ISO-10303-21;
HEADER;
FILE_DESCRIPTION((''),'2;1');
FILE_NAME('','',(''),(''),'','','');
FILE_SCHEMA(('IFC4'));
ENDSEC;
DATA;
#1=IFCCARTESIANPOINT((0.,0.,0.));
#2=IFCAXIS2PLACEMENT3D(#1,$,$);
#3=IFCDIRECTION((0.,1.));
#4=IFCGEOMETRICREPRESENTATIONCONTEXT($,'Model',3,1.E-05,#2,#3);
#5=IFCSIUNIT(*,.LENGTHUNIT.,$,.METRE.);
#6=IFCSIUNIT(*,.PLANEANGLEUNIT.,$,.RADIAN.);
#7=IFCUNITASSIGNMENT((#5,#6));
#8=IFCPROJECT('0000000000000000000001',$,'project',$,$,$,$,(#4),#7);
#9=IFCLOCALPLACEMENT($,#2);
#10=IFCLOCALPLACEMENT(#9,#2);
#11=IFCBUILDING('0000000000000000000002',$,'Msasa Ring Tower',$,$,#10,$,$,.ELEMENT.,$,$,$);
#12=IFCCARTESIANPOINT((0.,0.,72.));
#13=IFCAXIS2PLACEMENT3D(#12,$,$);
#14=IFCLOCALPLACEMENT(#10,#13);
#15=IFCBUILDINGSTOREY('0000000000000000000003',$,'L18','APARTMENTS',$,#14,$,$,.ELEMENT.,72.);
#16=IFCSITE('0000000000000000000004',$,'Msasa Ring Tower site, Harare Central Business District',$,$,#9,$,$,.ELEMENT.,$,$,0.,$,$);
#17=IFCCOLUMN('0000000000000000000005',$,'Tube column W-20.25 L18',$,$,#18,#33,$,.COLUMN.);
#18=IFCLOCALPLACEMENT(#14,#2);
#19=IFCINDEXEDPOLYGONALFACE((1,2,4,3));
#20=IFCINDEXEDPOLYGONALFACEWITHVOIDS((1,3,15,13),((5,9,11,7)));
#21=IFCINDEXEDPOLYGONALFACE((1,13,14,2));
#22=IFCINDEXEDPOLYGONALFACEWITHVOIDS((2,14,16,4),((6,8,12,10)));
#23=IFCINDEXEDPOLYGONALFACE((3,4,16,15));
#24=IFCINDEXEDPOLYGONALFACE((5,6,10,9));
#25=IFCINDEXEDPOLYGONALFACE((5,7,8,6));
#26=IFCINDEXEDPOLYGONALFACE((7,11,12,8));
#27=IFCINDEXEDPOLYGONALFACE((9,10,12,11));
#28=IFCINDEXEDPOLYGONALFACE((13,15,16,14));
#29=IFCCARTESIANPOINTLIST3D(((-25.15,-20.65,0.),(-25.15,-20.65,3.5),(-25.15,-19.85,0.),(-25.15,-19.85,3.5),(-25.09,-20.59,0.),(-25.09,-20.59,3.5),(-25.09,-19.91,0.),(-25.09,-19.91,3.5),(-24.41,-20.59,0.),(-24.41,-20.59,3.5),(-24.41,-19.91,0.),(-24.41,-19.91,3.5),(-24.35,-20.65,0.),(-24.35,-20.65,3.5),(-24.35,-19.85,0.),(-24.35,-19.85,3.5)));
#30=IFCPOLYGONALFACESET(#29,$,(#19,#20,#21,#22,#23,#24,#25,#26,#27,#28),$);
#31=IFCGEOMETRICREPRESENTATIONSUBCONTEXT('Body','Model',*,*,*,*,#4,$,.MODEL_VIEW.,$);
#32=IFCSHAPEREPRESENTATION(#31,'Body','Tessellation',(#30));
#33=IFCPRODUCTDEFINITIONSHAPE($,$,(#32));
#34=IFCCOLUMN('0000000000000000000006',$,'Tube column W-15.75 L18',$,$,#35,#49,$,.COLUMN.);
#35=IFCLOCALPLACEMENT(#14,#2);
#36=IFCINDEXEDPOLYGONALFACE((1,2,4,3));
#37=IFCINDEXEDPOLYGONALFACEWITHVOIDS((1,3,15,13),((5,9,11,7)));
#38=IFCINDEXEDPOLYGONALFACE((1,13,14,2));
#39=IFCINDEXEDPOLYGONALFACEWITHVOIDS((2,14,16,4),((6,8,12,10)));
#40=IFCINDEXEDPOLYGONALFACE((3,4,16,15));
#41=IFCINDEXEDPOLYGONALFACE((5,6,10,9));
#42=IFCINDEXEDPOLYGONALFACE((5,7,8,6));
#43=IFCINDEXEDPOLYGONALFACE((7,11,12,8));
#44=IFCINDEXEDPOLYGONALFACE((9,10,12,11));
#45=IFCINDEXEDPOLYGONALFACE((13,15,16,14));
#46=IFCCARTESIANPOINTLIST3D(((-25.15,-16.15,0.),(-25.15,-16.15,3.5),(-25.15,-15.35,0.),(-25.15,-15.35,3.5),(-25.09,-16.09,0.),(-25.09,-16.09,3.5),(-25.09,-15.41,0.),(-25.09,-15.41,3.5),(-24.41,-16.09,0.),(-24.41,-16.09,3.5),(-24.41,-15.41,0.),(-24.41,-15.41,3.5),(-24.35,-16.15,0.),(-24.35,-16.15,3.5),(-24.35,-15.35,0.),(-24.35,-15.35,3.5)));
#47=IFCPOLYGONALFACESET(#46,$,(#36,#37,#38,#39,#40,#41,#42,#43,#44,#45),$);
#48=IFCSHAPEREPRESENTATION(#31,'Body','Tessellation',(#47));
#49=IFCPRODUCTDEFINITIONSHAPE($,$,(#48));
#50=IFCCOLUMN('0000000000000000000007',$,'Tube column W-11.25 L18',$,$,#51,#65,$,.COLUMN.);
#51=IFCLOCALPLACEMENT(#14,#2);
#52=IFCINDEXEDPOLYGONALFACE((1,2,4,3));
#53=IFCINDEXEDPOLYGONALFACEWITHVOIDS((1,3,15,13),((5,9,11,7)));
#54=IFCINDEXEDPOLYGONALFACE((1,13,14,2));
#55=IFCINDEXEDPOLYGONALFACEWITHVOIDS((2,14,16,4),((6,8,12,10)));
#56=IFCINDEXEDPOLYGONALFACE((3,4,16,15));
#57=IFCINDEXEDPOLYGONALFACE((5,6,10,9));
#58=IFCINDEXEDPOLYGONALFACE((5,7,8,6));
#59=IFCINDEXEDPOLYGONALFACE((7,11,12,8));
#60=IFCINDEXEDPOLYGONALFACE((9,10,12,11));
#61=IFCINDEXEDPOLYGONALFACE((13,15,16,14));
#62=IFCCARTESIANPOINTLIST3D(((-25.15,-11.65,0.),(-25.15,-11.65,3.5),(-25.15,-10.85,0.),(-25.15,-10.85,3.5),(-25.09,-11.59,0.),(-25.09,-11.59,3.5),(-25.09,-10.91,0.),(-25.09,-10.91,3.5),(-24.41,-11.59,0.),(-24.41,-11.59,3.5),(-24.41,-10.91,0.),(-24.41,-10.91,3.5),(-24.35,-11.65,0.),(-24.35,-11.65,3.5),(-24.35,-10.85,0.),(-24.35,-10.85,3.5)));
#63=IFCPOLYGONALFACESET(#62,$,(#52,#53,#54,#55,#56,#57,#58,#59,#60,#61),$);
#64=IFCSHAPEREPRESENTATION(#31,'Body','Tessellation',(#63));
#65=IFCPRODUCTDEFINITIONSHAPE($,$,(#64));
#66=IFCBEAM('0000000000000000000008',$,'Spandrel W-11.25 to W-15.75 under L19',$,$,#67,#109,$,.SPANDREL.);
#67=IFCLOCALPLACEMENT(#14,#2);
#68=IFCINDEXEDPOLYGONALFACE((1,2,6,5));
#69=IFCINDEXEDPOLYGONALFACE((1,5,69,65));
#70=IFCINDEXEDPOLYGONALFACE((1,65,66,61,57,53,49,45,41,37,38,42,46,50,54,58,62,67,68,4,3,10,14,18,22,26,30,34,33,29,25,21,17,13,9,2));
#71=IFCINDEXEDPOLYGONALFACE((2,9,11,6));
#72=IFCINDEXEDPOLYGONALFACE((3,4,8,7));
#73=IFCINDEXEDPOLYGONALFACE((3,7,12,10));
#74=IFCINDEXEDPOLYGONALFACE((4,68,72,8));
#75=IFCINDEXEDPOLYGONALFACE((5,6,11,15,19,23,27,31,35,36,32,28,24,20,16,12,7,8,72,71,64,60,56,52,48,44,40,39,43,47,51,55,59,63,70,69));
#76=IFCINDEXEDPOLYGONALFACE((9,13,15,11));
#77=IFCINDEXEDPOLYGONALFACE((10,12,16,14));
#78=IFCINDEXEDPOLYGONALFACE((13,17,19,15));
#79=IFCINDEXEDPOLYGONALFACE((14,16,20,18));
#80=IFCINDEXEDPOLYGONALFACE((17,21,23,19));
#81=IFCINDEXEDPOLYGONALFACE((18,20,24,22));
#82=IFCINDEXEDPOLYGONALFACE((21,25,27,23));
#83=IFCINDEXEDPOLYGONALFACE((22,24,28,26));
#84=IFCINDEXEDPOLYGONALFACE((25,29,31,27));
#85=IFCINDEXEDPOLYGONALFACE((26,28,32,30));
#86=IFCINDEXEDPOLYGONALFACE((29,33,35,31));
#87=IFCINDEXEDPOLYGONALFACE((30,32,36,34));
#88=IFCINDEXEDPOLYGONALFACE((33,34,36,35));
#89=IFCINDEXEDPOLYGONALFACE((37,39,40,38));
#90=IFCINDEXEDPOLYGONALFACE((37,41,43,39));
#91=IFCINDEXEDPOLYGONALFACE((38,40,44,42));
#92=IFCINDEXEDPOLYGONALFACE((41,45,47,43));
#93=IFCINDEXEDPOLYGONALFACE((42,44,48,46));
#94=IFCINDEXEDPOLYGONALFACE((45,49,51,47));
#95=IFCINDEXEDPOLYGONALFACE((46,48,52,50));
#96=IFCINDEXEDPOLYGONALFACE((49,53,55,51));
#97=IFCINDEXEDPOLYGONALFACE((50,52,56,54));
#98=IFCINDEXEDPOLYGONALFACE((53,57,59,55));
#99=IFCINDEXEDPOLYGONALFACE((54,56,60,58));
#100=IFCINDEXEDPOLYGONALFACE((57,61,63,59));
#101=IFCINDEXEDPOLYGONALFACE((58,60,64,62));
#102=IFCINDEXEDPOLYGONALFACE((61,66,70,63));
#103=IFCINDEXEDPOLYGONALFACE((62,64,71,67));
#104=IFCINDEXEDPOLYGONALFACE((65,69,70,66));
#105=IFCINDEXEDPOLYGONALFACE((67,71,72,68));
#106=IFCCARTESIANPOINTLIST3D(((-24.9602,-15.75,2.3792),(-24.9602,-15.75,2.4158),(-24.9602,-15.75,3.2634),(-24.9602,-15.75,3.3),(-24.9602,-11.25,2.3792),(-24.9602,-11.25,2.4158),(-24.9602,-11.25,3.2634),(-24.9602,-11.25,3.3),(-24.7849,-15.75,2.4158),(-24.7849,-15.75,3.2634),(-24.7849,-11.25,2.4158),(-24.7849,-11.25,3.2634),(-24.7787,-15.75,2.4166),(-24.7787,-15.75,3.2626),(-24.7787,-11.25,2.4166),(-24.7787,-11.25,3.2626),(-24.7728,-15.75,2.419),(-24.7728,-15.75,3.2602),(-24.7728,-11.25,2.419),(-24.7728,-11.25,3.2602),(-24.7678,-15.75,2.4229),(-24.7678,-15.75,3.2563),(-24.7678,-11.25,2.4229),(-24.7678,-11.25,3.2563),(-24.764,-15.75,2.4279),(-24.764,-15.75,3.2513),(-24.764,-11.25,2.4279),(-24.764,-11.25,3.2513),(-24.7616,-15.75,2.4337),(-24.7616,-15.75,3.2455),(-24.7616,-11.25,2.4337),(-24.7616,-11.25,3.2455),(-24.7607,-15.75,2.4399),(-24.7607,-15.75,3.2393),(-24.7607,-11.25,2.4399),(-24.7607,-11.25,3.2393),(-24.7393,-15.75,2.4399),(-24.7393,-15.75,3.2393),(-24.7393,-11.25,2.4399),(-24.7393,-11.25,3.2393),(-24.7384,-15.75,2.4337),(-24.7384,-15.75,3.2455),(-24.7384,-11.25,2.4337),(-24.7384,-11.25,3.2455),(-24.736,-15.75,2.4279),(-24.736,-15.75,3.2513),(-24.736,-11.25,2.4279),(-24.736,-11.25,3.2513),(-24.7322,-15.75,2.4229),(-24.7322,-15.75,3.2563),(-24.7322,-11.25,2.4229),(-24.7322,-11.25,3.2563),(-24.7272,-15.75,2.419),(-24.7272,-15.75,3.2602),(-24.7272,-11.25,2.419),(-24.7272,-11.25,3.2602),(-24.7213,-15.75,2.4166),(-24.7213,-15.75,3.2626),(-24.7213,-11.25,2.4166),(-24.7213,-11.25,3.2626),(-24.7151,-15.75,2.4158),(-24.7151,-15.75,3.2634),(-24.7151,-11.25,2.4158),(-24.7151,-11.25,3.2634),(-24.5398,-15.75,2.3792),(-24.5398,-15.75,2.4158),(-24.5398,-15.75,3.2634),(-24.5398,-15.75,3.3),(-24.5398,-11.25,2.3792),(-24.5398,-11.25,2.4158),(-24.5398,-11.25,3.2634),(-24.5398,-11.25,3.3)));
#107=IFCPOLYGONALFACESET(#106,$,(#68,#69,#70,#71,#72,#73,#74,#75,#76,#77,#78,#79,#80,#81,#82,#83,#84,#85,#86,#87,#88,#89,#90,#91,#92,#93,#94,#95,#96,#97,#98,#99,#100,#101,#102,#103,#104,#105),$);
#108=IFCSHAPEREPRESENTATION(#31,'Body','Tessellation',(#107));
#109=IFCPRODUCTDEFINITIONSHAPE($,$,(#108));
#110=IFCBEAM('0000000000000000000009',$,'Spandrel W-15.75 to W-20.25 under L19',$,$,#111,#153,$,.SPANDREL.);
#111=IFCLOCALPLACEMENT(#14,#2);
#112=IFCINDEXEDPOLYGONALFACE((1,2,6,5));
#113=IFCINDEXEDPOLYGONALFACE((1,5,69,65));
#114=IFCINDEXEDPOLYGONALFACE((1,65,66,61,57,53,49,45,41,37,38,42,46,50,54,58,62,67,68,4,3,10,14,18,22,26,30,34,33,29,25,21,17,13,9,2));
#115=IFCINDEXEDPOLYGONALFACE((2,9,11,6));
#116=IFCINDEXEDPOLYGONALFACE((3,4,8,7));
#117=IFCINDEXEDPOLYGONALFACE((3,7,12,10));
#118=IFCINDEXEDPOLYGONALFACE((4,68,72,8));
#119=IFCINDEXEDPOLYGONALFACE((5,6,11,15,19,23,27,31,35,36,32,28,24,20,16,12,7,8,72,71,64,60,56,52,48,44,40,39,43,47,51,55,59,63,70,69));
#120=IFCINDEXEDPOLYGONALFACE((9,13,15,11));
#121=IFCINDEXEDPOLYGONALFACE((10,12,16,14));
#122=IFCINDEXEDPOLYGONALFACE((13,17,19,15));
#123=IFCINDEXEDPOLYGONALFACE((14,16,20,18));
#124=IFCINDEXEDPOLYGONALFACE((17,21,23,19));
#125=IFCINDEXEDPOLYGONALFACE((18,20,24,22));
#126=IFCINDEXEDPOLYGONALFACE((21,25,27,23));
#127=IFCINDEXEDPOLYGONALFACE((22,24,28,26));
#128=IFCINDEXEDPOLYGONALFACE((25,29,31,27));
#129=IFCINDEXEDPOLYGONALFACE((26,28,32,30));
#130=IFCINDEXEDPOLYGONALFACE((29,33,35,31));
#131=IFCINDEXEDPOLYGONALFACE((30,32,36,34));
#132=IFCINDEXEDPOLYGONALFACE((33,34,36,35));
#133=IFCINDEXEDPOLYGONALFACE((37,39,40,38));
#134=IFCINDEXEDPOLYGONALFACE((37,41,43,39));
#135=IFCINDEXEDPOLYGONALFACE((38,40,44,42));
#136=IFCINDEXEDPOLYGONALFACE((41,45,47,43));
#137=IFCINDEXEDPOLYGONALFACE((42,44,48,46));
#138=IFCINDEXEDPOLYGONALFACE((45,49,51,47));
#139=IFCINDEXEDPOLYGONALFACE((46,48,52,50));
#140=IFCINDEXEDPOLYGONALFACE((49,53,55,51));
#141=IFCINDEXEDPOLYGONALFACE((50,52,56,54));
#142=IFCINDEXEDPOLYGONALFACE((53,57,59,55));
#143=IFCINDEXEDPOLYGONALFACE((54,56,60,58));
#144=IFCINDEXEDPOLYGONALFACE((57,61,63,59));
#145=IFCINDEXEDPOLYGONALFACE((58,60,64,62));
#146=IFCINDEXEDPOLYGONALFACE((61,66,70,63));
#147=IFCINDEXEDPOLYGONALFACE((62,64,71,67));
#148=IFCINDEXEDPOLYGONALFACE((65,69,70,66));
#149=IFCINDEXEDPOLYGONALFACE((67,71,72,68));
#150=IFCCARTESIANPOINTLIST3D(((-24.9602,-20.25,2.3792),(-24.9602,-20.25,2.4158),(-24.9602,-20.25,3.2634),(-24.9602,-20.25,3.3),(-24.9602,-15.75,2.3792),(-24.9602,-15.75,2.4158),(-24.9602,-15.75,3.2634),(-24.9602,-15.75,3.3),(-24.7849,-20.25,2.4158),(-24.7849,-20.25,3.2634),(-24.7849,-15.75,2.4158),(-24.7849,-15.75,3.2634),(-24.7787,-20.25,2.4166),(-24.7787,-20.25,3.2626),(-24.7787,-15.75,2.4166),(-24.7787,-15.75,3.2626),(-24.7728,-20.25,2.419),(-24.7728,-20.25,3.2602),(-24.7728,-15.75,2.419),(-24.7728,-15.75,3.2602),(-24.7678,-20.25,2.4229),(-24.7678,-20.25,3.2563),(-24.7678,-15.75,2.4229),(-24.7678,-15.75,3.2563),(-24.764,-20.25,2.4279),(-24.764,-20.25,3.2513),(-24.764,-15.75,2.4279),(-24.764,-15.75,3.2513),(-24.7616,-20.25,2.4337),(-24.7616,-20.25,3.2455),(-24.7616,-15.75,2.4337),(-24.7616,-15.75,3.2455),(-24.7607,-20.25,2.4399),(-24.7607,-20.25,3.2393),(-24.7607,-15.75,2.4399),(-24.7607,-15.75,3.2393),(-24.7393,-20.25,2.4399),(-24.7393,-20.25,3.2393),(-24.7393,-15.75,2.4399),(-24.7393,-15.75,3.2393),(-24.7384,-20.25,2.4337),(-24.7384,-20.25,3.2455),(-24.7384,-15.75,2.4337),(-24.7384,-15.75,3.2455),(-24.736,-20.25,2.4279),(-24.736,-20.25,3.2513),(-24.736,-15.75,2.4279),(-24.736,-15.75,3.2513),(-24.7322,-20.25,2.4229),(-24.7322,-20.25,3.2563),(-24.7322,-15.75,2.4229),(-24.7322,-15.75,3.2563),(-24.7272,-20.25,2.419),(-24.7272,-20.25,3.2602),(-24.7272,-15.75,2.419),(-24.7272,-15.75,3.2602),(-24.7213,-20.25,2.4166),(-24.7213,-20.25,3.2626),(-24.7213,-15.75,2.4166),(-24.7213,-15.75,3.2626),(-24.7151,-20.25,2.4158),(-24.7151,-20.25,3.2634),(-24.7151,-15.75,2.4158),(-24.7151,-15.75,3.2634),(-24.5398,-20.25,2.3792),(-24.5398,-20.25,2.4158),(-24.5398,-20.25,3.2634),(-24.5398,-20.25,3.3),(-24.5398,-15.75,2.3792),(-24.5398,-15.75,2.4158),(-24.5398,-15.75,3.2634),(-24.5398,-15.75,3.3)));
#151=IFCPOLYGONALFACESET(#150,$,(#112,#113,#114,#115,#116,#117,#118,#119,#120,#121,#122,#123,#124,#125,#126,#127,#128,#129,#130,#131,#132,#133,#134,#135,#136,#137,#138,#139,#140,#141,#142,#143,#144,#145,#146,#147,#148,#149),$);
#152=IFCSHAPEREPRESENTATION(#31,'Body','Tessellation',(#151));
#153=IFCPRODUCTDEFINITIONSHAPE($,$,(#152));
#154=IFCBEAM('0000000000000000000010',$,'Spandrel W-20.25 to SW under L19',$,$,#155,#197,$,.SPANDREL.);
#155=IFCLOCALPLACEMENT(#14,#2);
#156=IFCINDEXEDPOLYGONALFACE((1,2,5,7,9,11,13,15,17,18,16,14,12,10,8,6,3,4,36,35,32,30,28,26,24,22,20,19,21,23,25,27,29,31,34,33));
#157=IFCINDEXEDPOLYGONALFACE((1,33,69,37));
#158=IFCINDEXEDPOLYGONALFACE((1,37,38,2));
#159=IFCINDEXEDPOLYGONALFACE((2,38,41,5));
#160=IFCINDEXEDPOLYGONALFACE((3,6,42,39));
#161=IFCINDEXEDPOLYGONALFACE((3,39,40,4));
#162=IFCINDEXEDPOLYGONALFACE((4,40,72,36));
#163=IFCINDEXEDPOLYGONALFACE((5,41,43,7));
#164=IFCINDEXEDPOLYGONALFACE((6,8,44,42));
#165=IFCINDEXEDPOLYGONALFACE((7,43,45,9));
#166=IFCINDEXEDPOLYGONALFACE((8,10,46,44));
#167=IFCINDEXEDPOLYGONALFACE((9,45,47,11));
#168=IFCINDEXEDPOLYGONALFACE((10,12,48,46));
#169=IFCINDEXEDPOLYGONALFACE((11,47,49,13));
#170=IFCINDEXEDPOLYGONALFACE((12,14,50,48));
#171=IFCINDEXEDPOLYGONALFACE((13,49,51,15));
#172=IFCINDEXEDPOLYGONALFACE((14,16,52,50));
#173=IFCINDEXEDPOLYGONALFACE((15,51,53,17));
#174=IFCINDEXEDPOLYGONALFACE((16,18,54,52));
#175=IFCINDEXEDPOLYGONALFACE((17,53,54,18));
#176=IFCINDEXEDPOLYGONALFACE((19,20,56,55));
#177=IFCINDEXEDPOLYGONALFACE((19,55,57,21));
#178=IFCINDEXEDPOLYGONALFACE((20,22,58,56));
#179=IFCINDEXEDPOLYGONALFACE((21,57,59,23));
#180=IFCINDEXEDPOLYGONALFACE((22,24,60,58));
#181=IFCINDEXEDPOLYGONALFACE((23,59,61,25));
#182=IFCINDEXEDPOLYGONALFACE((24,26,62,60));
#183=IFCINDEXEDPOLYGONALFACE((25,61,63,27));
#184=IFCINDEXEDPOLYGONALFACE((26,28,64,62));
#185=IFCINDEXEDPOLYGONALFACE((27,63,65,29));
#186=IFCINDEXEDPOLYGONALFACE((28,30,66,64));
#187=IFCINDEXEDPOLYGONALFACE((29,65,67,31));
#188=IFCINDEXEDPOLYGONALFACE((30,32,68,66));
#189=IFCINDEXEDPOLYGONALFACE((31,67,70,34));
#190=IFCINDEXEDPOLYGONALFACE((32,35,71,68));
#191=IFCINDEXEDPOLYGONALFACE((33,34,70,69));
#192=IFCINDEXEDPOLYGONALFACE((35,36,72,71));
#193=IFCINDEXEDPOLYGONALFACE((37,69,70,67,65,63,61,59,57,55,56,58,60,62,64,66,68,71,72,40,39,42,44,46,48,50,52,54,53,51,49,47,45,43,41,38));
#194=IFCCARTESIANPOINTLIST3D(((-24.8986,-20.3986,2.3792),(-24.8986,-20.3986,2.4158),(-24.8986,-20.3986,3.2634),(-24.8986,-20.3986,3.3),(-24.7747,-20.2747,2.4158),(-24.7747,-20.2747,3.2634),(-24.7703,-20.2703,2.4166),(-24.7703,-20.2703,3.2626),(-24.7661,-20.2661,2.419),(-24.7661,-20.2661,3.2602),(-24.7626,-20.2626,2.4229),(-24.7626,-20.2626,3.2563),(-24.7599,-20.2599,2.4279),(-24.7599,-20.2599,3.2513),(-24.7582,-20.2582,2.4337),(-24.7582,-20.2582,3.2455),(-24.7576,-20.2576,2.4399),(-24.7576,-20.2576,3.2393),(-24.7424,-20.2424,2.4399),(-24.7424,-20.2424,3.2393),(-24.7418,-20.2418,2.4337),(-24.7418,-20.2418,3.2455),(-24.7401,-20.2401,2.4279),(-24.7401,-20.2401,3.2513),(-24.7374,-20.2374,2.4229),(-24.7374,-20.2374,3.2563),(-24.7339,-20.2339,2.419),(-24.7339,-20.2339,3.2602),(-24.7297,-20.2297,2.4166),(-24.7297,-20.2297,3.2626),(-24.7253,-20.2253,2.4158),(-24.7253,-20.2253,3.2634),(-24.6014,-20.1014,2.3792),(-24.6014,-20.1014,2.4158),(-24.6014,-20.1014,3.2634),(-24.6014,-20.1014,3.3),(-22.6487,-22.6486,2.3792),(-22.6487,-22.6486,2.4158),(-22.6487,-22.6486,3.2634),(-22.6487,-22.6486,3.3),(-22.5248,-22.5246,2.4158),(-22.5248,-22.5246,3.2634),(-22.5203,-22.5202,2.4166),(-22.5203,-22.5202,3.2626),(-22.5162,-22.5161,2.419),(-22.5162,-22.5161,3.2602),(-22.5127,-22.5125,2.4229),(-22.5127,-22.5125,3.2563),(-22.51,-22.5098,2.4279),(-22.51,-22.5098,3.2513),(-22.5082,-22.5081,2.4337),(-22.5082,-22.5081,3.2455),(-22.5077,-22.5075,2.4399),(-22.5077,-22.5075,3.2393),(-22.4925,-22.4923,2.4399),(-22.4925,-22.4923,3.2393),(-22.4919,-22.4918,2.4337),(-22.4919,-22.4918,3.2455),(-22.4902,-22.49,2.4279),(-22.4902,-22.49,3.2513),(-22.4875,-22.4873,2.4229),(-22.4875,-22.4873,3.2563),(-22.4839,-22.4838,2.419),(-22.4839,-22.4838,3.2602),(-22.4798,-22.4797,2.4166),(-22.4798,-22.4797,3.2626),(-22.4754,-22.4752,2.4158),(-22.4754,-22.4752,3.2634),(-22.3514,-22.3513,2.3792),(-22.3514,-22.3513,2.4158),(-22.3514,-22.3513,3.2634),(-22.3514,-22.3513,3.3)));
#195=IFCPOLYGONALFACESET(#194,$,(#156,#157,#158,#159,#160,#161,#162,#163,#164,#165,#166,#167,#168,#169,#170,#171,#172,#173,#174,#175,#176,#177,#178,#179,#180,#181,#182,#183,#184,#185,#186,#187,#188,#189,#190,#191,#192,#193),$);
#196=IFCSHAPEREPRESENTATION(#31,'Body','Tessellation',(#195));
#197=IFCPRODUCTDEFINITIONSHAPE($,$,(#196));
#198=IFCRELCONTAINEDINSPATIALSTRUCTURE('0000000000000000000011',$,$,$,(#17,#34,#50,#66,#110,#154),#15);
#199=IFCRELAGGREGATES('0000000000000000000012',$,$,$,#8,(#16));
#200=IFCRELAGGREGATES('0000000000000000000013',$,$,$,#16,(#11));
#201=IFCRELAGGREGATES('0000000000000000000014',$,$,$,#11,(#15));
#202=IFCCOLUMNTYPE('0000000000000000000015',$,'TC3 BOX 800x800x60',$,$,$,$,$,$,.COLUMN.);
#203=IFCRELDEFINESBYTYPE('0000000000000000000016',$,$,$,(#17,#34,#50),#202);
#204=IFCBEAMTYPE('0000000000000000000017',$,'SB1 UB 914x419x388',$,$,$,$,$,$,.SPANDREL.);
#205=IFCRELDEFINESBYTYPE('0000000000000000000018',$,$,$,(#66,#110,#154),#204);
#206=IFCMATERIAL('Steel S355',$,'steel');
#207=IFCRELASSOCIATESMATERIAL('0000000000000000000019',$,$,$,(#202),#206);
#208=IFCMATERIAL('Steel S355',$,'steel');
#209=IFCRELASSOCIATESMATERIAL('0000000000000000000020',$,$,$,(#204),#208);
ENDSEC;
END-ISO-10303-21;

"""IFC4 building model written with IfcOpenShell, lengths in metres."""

from ifc_helpers import new_model, si_unit, direction, frame, origin, origin_2d, place, context, subcontext, project, spatial, hollow_rectangle, i_section, extrude, material, material_profile, profile_set, type_object, element, save


model = new_model("IFC4")

# Units and contexts
model_context = context("Model", 3, precision=1e-05, world=origin(), true_north=direction((0.0, 1.0)))
body_context = subcontext(model_context, "Body", "Model", "MODEL_VIEW")
ifc_project = project(units=[si_unit("LENGTHUNIT", "METRE"), si_unit("PLANEANGLEUNIT", "RADIAN")], contexts=[model_context])

# Site, building, storey
site_placement = place(None, origin())
site = spatial("IfcSite", under=ifc_project, at=site_placement, Name="Msasa Ring Tower site, Harare Central Business District", CompositionType="ELEMENT", RefElevation=0.0)
building_placement = place(site_placement, origin())
building = spatial("IfcBuilding", under=site, at=building_placement, Name="Msasa Ring Tower", CompositionType="ELEMENT")
storey_placement = place(building_placement, frame((0.0, 0.0, 72.0)))
storey = spatial("IfcBuildingStorey", under=building, at=storey_placement, Name="L18", Description="APARTMENTS", CompositionType="ELEMENT", Elevation=72.0)

# Columns
ifc_material_1 = material(Name="Steel S355", Category="steel")
ifc_material_profile_1 = material_profile(ifc_material_1, hollow_rectangle(XDim=0.8, YDim=0.8, WallThickness=0.0601, at=origin_2d()), Name="BOX 800x800x60")
ifc_profile_set_1 = profile_set([ifc_material_profile_1], Name="Steel S355")
column_type = type_object("IfcColumnType", Name="TC3 BOX 800x800x60", PredefinedType="COLUMN", material=ifc_profile_set_1)
for number, where, z_axis, x_axis, name in (
    (1, (-24.75, -20.25, 0.0), (0.0, 0.0, 1.0), (1.0, 0.0, 0.0), "Tube column W-20.25 L18"),
    (2, (-24.75, -15.75, 0.0), (0.0, 0.0, 1.0), (1.0, 0.0, 0.0), "Tube column W-15.75 L18"),
    (3, (-24.75, -11.25, 0.0), (0.0, 0.0, 1.0), (1.0, 0.0, 0.0), "Tube column W-11.25 L18"),
):
    element("IfcColumn", number, at=place(storey_placement, frame(where, z_axis=z_axis, x_axis=x_axis)), inside=storey, type_object=column_type, Name=name, PredefinedType="COLUMN", context=body_context, shape_type="SweptSolid", body=[
        extrude(hollow_rectangle(XDim=0.8, YDim=0.8, WallThickness=0.0601, at=origin_2d()), origin(), (0.0, 0.0, 1.0), 3.5),
    ])

# Beams
ifc_material_2 = material(Name="Steel S355", Category="steel")
ifc_material_profile_2 = material_profile(ifc_material_2, i_section(OverallWidth=0.4204, OverallDepth=0.9209, WebThickness=0.0215, FlangeThickness=0.0366, FilletRadius=0.0242, at=origin_2d()), Name="UB 914x419x388")
ifc_profile_set_2 = profile_set([ifc_material_profile_2], Name="Steel S355")
beam_type = type_object("IfcBeamType", Name="SB1 UB 914x419x388", PredefinedType="SPANDREL", material=ifc_profile_set_2)
for number, where, z_axis, x_axis, name in (
    (4, (-24.75, -11.25, 2.8396), (0.0, -1.0, 0.0), (1.0, 0.0, 0.0), "Spandrel W-11.25 to W-15.75 under L19"),
    (5, (-24.75, -15.75, 2.8396), (0.0, -1.0, 0.0), (1.0, 0.0, 0.0), "Spandrel W-15.75 to W-20.25 under L19"),
):
    element("IfcBeam", number, at=place(storey_placement, frame(where, z_axis=z_axis, x_axis=x_axis)), inside=storey, type_object=beam_type, Name=name, PredefinedType="SPANDREL", context=body_context, shape_type="SweptSolid", body=[
        extrude(i_section(OverallWidth=0.4204, OverallDepth=0.9209, WebThickness=0.0215, FlangeThickness=0.0366, FilletRadius=0.0242, at=origin_2d()), origin(), (0.0, 0.0, 1.0), 4.5),
    ])
beam_placement = place(storey_placement, frame((-24.75, -20.25, 2.8396), z_axis=(0.707107, -0.707107, 0.0), x_axis=(0.707107, 0.707107, 0.0)))
element("IfcBeam", 6, at=beam_placement, inside=storey, type_object=beam_type, Name="Spandrel W-20.25 to SW under L19", PredefinedType="SPANDREL", context=body_context, shape_type="SweptSolid", body=[
    extrude(i_section(OverallWidth=0.4204, OverallDepth=0.9209, WebThickness=0.0215, FlangeThickness=0.0366, FilletRadius=0.0242, at=origin_2d()), origin(), (0.0, 0.0, 1.0), 3.1819),
])

save(model, "model.ifc")
